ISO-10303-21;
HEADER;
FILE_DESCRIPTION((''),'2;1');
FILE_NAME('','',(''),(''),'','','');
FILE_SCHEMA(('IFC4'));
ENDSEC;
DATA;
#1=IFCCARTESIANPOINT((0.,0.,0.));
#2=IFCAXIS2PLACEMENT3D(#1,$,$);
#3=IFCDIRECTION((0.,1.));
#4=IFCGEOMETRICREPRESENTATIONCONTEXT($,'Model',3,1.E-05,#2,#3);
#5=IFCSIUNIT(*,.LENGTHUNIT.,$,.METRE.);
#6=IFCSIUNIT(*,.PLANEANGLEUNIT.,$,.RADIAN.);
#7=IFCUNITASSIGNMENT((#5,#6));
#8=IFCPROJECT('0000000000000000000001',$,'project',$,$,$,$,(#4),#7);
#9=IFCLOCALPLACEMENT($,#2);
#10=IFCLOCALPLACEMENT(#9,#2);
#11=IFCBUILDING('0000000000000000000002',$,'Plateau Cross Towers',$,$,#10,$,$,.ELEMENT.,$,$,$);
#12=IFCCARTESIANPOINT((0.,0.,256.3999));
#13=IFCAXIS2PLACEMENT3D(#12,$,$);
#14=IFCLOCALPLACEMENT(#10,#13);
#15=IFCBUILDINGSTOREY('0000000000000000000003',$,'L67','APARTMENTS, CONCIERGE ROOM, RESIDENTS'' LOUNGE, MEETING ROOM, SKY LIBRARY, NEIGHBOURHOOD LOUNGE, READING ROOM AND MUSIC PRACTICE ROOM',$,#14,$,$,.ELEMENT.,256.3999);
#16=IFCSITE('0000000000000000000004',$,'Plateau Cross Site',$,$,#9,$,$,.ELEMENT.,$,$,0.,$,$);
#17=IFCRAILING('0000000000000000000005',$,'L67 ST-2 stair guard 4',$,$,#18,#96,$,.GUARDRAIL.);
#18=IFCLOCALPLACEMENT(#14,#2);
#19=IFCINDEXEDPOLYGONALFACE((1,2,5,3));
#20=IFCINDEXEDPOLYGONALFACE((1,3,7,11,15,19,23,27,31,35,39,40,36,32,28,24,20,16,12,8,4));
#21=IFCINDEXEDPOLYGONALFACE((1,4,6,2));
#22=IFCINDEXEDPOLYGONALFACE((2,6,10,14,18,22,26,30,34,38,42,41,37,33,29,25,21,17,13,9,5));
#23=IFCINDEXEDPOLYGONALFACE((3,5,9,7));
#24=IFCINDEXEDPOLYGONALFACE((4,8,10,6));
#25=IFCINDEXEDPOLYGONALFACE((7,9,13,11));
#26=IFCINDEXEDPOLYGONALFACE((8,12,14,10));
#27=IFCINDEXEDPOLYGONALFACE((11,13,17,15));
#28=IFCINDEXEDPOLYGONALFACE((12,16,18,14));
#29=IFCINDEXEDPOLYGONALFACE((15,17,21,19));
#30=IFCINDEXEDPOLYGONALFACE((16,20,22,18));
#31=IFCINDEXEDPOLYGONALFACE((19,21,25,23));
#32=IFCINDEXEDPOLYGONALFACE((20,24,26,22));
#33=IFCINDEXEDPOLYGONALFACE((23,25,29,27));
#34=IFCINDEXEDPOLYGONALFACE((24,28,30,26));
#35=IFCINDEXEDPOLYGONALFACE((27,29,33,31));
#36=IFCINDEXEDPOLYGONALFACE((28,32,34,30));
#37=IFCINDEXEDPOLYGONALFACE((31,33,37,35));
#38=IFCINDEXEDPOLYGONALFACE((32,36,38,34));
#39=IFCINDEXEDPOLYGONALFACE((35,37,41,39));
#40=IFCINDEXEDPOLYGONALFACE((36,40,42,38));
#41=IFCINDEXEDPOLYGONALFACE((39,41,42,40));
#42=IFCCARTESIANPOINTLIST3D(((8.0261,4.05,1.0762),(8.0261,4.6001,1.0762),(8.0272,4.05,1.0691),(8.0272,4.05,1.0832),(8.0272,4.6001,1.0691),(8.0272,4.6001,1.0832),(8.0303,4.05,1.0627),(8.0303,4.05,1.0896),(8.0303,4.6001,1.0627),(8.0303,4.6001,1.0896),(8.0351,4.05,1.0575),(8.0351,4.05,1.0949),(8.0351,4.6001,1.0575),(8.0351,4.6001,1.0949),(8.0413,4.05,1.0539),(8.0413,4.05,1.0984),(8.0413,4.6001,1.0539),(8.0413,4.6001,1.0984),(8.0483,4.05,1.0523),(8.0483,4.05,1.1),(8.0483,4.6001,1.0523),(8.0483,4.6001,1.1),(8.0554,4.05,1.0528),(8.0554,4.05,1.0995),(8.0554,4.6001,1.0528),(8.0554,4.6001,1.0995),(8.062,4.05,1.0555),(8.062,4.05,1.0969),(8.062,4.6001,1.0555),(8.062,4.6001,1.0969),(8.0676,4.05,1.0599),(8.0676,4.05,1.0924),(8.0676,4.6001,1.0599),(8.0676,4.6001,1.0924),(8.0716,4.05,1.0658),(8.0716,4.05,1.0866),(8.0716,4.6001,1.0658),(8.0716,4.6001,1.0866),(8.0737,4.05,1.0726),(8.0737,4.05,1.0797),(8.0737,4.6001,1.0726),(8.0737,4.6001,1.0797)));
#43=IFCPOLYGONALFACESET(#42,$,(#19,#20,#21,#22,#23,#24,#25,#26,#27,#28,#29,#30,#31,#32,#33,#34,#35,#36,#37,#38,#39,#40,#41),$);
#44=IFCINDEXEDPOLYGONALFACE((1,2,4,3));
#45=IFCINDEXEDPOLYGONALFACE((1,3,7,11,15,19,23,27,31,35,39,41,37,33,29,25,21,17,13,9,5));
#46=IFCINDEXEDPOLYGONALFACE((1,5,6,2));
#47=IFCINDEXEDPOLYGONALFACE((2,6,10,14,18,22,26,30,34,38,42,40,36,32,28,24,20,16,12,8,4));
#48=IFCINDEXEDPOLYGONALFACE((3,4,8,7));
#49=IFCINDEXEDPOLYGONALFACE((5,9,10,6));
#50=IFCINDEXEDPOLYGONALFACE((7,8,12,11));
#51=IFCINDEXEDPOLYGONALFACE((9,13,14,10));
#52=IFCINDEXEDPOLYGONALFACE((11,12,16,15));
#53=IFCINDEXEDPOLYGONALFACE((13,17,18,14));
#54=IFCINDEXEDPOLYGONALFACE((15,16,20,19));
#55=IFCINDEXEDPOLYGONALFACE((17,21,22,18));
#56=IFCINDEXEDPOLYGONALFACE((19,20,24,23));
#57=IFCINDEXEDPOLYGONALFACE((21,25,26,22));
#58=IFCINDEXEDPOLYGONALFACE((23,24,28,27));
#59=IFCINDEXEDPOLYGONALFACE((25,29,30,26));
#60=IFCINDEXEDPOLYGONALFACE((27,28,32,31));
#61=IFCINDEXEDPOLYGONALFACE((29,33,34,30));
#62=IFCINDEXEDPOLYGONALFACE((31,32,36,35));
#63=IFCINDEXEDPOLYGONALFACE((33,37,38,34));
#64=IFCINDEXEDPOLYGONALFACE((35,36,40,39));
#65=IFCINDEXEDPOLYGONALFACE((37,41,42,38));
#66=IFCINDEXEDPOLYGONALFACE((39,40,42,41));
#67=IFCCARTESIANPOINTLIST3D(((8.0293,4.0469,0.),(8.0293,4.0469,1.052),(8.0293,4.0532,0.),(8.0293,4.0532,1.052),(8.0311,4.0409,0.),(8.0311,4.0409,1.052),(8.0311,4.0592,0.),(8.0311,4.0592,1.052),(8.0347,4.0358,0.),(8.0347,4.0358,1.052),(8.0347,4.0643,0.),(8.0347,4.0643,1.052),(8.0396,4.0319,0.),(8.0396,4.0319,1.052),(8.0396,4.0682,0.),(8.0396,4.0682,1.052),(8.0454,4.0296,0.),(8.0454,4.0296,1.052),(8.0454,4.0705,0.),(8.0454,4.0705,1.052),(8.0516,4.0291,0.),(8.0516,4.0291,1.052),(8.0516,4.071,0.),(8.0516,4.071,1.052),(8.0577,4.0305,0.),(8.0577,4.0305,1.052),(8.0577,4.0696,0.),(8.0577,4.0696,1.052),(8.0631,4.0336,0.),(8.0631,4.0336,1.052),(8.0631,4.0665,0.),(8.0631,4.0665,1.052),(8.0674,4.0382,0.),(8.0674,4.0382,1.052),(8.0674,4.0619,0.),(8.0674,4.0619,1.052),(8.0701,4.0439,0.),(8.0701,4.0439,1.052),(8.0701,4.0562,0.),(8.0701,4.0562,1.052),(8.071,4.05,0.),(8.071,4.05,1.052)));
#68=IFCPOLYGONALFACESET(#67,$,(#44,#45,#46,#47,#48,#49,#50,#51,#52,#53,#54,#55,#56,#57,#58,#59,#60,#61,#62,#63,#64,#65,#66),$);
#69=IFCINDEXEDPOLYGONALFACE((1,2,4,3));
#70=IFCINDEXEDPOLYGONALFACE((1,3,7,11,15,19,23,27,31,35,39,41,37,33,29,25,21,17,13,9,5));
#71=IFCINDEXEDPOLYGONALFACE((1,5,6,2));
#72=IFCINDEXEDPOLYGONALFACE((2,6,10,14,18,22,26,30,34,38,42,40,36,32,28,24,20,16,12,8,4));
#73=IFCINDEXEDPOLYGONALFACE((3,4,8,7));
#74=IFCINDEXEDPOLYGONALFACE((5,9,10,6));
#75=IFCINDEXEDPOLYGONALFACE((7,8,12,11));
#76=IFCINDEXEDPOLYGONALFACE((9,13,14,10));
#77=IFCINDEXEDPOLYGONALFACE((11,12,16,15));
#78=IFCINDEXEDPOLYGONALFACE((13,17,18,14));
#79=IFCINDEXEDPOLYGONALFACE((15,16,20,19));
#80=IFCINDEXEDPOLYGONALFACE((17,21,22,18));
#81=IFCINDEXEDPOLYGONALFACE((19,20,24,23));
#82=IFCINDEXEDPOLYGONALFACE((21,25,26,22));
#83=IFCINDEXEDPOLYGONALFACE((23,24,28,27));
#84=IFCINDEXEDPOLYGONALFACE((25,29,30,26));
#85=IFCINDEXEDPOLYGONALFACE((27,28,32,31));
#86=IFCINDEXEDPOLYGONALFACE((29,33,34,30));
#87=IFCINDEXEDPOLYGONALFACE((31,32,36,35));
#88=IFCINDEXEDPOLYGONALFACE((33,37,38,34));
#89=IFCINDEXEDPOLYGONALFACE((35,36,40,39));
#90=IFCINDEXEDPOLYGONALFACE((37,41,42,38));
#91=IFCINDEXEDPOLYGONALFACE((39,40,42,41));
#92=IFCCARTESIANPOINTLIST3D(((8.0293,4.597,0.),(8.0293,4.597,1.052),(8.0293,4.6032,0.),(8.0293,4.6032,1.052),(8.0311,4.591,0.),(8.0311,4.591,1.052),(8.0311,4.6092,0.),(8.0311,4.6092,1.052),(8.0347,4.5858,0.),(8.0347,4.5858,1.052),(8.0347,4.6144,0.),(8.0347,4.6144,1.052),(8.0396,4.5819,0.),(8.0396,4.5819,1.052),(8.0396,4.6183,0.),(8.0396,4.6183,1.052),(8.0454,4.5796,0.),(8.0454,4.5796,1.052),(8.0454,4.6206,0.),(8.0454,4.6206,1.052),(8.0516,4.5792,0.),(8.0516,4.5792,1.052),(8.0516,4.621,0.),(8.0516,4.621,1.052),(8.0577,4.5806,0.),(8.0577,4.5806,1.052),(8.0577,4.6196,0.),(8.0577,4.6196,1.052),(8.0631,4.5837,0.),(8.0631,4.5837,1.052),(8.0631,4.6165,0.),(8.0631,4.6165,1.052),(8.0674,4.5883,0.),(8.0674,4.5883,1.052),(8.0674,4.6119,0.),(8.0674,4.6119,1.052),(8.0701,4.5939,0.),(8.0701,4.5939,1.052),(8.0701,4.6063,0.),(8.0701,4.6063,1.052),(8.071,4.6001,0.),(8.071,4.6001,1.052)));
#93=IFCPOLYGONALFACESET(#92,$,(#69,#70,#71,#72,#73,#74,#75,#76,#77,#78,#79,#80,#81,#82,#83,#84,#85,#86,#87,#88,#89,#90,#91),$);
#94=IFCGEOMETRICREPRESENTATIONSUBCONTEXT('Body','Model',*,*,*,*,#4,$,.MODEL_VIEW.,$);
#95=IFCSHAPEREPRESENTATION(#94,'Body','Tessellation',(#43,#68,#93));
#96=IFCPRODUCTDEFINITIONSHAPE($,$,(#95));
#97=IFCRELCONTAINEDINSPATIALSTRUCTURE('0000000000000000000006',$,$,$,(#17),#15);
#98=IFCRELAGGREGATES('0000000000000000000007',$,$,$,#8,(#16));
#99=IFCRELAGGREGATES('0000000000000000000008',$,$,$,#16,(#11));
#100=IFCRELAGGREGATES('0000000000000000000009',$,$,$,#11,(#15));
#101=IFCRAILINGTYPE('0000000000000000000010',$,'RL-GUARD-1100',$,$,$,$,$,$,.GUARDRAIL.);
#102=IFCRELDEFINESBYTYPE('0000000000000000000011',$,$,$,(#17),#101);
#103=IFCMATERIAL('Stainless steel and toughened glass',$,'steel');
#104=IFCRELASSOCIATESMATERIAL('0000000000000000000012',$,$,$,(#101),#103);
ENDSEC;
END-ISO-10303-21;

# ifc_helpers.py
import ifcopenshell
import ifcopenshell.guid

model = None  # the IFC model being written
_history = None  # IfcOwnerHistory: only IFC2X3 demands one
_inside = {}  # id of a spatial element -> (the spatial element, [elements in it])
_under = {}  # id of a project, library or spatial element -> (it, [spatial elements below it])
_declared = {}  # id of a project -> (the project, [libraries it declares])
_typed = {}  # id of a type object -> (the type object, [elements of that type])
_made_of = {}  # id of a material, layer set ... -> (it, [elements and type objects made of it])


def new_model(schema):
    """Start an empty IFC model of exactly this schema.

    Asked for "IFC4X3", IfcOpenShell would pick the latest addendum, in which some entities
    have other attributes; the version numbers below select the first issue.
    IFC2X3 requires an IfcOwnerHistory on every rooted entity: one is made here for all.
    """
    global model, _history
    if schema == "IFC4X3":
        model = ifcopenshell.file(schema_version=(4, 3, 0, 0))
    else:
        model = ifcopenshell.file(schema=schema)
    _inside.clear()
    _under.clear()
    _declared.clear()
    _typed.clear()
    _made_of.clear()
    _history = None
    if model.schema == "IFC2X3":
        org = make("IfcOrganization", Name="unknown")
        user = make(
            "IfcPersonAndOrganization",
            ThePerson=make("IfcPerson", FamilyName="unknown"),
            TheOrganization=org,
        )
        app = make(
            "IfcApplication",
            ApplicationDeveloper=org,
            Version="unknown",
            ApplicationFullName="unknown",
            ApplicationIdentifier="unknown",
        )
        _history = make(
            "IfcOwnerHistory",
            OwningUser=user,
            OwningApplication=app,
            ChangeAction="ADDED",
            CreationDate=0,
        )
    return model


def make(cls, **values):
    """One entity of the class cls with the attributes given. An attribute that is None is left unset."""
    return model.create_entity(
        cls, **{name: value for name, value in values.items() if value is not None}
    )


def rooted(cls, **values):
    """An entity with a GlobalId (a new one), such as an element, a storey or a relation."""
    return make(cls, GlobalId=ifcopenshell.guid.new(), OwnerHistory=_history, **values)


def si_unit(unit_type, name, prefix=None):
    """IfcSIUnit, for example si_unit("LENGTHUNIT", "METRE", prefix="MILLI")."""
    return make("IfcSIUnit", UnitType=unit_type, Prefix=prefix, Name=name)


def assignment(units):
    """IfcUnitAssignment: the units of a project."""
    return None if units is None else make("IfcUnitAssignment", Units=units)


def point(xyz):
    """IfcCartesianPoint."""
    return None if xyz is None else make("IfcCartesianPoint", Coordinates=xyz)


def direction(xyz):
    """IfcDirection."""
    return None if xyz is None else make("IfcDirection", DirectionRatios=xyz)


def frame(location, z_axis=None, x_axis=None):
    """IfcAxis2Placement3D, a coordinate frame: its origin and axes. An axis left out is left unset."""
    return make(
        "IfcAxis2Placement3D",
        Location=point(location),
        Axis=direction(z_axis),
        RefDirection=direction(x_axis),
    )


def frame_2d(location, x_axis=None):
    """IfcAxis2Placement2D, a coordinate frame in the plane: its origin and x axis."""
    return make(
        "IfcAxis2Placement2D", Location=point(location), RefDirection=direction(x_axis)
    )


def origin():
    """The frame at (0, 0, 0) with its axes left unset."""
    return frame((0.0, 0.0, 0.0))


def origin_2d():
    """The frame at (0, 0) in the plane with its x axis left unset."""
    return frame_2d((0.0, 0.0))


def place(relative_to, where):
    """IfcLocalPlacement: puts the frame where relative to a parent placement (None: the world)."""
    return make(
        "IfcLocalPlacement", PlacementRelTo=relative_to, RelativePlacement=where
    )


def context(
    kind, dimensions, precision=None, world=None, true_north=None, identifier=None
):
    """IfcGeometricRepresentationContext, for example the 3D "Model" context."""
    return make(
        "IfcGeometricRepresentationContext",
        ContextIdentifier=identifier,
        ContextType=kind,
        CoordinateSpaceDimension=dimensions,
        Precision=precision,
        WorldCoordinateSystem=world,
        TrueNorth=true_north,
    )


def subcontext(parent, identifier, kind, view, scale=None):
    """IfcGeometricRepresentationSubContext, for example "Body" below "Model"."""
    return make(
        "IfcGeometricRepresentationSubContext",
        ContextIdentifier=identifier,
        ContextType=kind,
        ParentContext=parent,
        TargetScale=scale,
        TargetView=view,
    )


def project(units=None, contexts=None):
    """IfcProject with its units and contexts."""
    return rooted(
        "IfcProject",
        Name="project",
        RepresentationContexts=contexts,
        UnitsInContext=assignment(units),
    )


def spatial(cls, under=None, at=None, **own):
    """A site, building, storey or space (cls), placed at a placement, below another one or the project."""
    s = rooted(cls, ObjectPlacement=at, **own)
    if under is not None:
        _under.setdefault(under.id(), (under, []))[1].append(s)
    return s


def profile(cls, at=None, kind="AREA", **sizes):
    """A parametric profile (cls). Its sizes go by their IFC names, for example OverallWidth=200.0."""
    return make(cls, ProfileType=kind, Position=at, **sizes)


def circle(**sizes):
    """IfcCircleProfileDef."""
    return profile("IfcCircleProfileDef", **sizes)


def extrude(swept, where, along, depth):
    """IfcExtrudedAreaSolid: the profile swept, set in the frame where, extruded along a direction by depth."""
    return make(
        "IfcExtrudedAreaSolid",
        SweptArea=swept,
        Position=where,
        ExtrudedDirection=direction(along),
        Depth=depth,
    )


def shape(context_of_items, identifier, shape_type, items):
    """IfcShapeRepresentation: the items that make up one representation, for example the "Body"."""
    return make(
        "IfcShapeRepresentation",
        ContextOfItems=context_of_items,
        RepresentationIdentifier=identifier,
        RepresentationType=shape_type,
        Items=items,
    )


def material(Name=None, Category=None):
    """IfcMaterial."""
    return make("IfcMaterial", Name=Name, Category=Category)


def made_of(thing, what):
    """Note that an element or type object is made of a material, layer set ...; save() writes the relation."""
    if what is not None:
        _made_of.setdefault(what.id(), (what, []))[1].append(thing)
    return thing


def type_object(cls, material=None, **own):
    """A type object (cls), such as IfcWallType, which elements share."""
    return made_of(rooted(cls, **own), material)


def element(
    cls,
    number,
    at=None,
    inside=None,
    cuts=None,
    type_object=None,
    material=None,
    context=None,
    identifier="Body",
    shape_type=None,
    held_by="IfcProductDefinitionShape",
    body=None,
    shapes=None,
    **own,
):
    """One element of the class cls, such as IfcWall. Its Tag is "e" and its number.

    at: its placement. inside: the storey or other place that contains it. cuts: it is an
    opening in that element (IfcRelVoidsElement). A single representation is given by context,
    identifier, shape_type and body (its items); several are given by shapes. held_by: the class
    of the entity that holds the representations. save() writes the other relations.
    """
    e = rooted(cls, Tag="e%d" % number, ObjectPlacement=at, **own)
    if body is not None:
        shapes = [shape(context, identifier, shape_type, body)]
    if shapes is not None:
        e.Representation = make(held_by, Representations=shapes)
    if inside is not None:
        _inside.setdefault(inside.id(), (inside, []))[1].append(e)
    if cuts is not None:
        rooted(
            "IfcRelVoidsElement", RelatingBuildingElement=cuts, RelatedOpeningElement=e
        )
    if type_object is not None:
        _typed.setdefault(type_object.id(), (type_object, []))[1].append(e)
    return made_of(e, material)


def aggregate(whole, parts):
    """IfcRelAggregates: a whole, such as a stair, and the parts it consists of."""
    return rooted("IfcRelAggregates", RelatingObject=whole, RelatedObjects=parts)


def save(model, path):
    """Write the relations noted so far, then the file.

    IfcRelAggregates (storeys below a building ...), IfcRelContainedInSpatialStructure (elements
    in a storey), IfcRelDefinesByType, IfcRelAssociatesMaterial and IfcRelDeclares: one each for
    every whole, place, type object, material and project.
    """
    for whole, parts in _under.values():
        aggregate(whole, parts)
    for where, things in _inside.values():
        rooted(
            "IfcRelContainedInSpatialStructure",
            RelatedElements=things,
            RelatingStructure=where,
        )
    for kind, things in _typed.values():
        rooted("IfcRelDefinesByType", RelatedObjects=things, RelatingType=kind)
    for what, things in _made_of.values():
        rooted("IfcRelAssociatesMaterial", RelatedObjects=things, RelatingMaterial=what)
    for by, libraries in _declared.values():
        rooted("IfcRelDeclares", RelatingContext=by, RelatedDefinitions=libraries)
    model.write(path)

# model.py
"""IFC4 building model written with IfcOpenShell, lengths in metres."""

from ifc_helpers import new_model, si_unit, direction, frame, origin, origin_2d, place, context, subcontext, project, spatial, circle, extrude, material, type_object, element, save


model = new_model("IFC4")

# Units and contexts
model_context = context("Model", 3, precision=1e-05, world=origin(), true_north=direction((0.0, 1.0)))
body_context = subcontext(model_context, "Body", "Model", "MODEL_VIEW")
ifc_project = project(units=[si_unit("LENGTHUNIT", "METRE"), si_unit("PLANEANGLEUNIT", "RADIAN")], contexts=[model_context])

# Site, building, storey
site_placement = place(None, origin())
site = spatial("IfcSite", under=ifc_project, at=site_placement, Name="Plateau Cross Site", CompositionType="ELEMENT", RefElevation=0.0)
building_placement = place(site_placement, origin())
building = spatial("IfcBuilding", under=site, at=building_placement, Name="Plateau Cross Towers", CompositionType="ELEMENT")
storey_placement = place(building_placement, frame((0.0, 0.0, 256.3999)))
storey = spatial("IfcBuildingStorey", under=building, at=storey_placement, Name="L67", Description="APARTMENTS, CONCIERGE ROOM, RESIDENTS' LOUNGE, MEETING ROOM, SKY LIBRARY, NEIGHBOURHOOD LOUNGE, READING ROOM AND MUSIC PRACTICE ROOM", CompositionType="ELEMENT", Elevation=256.3999)

# Railing
ifc_material_1 = material(Name="Stainless steel and toughened glass", Category="steel")
railing_type_1 = type_object("IfcRailingType", Name="RL-GUARD-1100", PredefinedType="GUARDRAIL", material=ifc_material_1)
railing_1_placement = place(storey_placement, frame((8.05, 4.05, 0.0)))
element("IfcRailing", 1, at=railing_1_placement, inside=storey, type_object=railing_type_1, Name="L67 ST-2 stair guard 4", PredefinedType="GUARDRAIL", context=body_context, shape_type="SweptSolid", body=[
    extrude(circle(Radius=0.0239, at=origin_2d()), frame((0.0, 0.0, 1.0762), z_axis=(0.0, 1.0, 0.0), x_axis=(-1.0, 0.0, 0.0)), (0.0, 0.0, 1.0), 0.55),
    extrude(circle(Radius=0.021, at=origin_2d()), origin(), (0.0, 0.0, 1.0), 1.052),
    extrude(circle(Radius=0.021, at=origin_2d()), frame((0.0, 0.55, 0.0)), (0.0, 0.0, 1.0), 1.052),
])

save(model, "model.ifc")
